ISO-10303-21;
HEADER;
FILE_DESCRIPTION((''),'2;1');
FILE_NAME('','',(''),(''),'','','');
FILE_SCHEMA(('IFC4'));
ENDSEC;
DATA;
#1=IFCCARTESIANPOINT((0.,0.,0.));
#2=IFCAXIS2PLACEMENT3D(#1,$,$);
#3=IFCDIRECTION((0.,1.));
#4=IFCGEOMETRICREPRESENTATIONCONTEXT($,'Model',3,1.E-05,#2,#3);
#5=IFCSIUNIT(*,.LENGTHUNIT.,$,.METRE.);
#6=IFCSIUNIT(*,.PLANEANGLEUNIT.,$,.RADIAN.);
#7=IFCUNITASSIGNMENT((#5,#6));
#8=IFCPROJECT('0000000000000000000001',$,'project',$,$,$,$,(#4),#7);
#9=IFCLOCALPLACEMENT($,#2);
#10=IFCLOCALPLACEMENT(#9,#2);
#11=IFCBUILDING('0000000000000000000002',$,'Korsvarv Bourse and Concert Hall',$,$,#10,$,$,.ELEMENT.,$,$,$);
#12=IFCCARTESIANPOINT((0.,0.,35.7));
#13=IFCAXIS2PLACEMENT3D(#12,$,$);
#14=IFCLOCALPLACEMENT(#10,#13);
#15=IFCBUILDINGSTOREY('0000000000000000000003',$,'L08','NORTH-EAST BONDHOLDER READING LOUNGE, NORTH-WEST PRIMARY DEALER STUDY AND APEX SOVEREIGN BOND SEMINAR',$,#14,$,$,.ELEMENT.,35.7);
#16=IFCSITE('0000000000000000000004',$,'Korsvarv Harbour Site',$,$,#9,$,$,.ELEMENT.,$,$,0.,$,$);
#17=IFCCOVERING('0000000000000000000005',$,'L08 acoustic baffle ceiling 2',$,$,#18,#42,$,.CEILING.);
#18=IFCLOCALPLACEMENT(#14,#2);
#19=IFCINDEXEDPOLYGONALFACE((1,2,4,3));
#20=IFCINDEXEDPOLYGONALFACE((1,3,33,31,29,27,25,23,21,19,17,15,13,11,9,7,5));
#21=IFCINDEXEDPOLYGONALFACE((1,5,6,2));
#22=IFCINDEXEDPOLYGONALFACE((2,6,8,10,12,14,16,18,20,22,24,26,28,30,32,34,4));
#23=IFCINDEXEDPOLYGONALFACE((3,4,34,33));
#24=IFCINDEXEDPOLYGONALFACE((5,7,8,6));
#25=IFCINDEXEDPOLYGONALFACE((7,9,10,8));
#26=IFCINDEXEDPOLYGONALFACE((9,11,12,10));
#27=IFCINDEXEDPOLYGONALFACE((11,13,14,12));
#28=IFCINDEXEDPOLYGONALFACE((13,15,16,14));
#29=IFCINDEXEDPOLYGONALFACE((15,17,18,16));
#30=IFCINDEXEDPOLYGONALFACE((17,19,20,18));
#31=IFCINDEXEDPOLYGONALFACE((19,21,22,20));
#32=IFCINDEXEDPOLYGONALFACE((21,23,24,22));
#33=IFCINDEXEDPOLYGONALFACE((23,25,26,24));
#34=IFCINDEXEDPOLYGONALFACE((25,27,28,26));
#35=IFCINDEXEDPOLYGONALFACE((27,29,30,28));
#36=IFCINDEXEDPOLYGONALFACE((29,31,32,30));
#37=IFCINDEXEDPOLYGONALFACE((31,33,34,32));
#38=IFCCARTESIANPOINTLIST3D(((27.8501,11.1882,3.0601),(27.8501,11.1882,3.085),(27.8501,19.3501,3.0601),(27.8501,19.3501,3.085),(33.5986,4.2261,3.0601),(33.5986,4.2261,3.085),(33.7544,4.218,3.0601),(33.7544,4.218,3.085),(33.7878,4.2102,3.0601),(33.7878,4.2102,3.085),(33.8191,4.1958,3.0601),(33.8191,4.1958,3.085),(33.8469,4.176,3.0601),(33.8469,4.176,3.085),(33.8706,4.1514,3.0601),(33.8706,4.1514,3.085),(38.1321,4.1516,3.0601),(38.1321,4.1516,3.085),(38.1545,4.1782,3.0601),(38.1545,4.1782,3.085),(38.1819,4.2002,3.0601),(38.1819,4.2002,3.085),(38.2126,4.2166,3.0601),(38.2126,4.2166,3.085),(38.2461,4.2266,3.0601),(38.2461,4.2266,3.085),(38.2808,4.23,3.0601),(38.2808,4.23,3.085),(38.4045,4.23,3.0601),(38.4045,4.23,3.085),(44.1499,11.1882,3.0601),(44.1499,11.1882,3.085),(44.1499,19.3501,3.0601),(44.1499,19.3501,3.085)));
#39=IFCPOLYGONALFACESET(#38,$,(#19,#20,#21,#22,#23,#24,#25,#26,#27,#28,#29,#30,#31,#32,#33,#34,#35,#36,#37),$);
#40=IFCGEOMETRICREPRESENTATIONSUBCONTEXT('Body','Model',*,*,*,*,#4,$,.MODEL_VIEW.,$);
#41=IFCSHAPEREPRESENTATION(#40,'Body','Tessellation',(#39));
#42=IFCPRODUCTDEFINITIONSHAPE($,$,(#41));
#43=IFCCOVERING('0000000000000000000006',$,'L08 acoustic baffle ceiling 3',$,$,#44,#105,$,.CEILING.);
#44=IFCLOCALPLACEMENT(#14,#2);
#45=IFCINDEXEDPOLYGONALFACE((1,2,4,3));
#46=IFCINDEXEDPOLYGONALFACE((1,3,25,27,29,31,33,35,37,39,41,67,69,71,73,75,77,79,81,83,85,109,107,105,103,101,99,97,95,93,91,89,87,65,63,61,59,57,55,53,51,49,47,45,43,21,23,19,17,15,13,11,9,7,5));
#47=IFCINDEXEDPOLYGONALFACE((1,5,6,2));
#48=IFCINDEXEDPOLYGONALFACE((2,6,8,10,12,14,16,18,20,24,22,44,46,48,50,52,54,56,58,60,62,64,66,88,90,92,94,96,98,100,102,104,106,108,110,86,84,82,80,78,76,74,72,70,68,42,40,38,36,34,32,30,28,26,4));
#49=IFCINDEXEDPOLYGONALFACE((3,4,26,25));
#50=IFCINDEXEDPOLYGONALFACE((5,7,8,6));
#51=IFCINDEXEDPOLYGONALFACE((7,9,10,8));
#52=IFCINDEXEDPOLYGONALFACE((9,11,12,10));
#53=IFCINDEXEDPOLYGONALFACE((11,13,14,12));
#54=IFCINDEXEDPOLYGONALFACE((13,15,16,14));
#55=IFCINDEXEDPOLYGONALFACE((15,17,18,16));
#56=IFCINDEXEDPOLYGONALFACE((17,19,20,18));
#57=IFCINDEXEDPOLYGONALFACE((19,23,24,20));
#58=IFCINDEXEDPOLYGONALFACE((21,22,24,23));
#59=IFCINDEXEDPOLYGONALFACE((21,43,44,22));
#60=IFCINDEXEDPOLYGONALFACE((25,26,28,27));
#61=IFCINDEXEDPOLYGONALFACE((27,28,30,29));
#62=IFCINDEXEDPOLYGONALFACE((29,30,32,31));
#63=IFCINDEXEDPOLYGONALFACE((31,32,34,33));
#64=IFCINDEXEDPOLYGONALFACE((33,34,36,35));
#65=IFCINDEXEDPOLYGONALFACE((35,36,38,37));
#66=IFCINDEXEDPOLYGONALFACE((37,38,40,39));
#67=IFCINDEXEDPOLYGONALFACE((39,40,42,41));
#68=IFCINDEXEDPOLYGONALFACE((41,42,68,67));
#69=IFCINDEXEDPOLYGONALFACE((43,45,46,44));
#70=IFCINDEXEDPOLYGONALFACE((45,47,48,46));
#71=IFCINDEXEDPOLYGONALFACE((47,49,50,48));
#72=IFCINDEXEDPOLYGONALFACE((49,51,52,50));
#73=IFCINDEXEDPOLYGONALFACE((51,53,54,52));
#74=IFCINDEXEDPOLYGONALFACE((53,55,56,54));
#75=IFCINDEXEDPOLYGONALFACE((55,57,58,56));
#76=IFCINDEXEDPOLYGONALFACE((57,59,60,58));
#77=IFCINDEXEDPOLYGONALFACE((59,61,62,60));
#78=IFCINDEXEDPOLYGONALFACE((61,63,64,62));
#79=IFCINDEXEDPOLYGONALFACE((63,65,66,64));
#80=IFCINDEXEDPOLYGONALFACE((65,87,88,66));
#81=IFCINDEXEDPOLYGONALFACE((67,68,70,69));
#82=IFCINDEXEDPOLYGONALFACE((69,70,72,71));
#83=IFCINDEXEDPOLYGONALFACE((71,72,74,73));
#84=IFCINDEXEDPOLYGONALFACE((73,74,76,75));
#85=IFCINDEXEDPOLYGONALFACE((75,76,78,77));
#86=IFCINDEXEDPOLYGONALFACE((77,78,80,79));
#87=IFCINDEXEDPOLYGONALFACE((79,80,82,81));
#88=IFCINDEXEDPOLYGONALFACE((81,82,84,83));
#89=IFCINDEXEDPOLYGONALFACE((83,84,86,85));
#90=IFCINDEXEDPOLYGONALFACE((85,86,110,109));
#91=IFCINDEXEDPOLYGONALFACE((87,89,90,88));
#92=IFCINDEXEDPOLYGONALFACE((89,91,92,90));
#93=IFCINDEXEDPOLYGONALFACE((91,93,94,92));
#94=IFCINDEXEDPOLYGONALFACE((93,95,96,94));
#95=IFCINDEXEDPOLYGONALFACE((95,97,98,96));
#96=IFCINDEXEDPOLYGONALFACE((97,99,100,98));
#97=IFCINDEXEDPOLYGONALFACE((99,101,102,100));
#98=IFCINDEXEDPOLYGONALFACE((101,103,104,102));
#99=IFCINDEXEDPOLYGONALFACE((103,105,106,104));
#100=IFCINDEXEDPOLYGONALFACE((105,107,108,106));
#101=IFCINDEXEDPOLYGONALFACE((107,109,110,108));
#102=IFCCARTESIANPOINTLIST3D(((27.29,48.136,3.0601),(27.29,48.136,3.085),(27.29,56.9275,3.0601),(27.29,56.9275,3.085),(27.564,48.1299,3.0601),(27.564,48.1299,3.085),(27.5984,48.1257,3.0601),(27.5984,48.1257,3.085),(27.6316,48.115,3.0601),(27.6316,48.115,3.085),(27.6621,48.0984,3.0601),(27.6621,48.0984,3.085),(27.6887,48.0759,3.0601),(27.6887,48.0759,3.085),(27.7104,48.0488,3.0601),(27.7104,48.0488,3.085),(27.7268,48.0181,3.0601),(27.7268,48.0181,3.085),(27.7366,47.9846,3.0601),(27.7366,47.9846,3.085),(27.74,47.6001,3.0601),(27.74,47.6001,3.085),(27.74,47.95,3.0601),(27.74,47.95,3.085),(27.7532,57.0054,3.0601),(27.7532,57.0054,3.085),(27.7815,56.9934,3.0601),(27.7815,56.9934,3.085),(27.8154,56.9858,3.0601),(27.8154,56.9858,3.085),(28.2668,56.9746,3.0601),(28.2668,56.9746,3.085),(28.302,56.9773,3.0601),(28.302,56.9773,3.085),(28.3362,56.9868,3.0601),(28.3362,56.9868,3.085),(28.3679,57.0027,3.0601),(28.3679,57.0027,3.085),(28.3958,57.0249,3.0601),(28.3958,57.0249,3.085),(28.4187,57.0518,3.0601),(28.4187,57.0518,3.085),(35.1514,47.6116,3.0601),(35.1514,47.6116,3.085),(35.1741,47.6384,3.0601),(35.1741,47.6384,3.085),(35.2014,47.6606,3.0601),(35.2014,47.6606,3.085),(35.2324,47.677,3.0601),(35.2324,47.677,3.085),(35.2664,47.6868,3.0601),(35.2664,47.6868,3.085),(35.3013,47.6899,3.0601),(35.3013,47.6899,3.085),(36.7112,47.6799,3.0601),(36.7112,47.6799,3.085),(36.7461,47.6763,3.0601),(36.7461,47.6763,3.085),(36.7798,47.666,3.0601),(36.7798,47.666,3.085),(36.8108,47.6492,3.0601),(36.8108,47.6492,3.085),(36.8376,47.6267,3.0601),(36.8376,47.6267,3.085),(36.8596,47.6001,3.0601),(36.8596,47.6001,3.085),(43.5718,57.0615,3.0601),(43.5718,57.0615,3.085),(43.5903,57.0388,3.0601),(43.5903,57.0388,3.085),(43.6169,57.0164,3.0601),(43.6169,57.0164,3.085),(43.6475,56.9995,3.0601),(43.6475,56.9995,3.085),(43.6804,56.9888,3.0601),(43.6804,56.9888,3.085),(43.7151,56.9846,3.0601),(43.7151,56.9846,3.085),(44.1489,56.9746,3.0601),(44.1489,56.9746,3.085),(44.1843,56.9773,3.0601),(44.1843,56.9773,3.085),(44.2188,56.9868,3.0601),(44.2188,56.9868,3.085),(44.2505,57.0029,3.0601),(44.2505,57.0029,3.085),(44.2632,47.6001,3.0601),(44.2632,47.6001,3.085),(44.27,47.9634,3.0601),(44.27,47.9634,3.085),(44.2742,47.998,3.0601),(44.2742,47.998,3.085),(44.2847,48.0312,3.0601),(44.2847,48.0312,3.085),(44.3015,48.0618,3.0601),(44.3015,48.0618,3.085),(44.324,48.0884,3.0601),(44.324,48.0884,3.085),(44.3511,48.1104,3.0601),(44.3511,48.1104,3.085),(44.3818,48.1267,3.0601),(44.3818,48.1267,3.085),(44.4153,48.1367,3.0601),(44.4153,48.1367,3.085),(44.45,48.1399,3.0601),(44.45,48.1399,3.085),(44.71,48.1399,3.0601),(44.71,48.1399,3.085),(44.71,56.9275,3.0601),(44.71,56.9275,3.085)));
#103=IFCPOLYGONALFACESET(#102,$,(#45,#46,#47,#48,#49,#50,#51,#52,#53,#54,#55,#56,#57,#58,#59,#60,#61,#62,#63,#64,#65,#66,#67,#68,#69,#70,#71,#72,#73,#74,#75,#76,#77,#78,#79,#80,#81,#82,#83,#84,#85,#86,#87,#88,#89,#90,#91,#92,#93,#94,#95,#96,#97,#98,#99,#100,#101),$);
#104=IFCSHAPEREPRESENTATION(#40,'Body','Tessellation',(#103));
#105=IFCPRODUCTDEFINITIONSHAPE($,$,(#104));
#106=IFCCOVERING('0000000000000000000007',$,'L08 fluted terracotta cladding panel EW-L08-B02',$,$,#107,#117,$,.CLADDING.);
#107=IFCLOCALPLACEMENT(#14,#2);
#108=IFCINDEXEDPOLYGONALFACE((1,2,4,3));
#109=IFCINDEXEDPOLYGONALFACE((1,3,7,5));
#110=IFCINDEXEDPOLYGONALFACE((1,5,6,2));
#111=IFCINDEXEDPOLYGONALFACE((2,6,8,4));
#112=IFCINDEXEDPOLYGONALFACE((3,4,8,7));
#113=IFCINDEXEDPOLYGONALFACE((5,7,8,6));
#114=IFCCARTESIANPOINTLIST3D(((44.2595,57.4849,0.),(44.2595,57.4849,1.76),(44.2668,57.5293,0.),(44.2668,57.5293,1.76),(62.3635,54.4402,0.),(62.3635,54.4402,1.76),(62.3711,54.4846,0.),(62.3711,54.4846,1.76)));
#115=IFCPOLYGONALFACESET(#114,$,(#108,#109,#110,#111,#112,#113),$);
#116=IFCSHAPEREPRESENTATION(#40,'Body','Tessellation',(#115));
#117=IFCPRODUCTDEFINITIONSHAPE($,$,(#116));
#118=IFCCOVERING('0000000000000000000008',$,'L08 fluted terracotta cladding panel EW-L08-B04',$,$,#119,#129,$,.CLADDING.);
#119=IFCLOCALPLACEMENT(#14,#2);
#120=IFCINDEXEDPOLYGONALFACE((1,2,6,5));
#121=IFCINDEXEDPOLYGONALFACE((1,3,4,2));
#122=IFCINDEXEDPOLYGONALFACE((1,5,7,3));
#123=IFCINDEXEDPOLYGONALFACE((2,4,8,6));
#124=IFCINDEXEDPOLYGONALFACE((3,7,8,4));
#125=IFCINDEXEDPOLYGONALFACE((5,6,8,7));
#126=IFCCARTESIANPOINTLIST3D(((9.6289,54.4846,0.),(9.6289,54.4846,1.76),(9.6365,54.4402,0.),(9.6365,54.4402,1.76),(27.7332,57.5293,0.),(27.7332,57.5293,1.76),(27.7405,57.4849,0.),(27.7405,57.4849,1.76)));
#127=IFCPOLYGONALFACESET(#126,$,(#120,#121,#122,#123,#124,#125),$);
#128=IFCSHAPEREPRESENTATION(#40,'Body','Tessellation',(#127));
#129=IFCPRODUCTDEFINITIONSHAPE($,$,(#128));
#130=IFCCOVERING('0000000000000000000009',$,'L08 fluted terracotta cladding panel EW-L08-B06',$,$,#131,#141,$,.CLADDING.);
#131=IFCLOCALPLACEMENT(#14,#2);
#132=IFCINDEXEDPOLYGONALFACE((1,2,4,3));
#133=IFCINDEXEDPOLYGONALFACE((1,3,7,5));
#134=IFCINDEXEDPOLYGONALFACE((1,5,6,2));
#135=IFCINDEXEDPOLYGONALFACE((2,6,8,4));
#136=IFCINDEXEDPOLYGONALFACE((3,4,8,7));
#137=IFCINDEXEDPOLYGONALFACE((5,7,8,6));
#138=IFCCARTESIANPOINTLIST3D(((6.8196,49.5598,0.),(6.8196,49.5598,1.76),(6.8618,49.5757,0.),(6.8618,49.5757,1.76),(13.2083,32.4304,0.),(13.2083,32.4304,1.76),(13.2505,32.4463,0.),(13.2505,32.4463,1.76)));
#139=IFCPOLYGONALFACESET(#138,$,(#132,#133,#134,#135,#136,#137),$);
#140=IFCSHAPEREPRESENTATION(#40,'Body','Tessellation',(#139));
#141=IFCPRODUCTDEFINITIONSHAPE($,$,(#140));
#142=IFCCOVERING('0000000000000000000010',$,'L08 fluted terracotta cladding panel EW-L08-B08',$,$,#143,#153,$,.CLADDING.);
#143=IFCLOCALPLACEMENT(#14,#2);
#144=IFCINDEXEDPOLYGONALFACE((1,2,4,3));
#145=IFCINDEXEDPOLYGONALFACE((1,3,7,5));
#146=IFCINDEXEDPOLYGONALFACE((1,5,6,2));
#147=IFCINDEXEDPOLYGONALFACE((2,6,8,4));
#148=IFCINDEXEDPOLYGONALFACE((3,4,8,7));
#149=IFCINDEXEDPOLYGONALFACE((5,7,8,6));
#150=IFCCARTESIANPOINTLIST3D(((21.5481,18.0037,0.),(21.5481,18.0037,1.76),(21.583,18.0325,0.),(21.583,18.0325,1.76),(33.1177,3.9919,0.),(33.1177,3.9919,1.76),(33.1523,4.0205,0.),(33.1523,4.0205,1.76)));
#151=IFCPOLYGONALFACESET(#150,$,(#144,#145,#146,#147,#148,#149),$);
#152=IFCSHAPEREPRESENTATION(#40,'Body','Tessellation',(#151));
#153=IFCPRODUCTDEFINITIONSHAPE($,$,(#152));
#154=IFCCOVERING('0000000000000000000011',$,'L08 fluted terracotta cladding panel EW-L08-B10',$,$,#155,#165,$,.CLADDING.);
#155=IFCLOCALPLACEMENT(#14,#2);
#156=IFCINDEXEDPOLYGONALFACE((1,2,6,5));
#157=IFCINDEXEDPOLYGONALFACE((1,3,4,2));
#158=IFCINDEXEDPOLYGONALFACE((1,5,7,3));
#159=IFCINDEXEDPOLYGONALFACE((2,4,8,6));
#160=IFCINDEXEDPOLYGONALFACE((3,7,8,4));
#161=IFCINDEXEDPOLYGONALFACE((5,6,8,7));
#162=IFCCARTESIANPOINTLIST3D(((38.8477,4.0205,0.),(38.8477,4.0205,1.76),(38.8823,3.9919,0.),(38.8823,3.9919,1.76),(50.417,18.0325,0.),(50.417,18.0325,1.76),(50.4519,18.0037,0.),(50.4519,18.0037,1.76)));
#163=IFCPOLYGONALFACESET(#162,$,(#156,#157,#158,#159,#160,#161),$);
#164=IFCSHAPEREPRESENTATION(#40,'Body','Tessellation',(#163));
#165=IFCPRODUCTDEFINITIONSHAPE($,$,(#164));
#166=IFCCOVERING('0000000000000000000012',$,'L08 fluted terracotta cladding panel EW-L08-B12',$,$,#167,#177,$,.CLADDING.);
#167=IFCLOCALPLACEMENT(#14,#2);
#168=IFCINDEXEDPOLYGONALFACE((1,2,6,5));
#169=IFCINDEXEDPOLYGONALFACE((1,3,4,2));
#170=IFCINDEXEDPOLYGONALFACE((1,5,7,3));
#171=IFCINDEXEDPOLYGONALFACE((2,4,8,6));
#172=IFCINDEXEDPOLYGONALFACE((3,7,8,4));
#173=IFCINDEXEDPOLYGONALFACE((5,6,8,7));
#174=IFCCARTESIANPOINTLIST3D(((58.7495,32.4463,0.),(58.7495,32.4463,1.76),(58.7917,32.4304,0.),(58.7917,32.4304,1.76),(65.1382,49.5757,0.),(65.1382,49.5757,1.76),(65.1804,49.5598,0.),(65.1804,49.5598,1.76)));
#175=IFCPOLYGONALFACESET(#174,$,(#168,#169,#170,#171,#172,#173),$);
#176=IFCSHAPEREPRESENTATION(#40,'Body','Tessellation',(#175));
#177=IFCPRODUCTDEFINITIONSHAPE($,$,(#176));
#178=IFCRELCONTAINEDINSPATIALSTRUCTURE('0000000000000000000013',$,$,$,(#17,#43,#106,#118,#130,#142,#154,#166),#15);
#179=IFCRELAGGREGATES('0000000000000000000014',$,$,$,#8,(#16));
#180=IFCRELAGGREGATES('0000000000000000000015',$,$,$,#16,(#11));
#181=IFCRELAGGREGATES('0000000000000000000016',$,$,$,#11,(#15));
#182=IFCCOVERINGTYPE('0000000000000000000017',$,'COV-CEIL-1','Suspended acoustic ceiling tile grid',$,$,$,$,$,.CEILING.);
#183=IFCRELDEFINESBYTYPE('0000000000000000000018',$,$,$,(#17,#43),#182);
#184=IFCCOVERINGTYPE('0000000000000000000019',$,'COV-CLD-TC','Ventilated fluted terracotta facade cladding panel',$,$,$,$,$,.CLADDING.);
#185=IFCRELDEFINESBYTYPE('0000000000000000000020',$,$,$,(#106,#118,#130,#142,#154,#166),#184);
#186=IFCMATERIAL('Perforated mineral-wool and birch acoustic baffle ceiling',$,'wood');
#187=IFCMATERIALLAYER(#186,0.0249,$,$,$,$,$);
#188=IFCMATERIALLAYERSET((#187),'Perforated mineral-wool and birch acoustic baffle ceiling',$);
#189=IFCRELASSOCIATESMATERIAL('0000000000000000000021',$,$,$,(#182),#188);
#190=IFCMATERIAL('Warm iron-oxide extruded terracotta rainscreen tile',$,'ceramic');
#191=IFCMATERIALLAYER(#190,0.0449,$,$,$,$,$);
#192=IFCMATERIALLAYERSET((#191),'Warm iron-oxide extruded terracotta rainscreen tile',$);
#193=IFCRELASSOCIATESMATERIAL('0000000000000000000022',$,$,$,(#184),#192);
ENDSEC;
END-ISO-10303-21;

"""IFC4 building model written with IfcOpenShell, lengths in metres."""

from ifc_helpers import new_model, si_unit, direction, frame, origin, place, context, subcontext, project, spatial, polyline, outline, extrude, material, layer, layer_set, type_object, element, save


model = new_model("IFC4")

# Units and contexts
model_context = context("Model", 3, precision=1e-05, world=origin(), true_north=direction((0.0, 1.0)))
body_context = subcontext(model_context, "Body", "Model", "MODEL_VIEW")
ifc_project = project(units=[si_unit("LENGTHUNIT", "METRE"), si_unit("PLANEANGLEUNIT", "RADIAN")], contexts=[model_context])

# Site, building, storey
site_placement = place(None, origin())
site = spatial("IfcSite", under=ifc_project, at=site_placement, Name="Korsvarv Harbour Site", CompositionType="ELEMENT", RefElevation=0.0)
building_placement = place(site_placement, origin())
building = spatial("IfcBuilding", under=site, at=building_placement, Name="Korsvarv Bourse and Concert Hall", CompositionType="ELEMENT")
storey_placement = place(building_placement, frame((0.0, 0.0, 35.7)))
storey = spatial("IfcBuildingStorey", under=building, at=storey_placement, Name="L08", Description="NORTH-EAST BONDHOLDER READING LOUNGE, NORTH-WEST PRIMARY DEALER STUDY AND APEX SOVEREIGN BOND SEMINAR", CompositionType="ELEMENT", Elevation=35.7)

# Coverings
ifc_material_1 = material(Name="Perforated mineral-wool and birch acoustic baffle ceiling", Category="wood")
ifc_layer_1 = layer(ifc_material_1, 0.0249)
ifc_layer_set_1 = layer_set([ifc_layer_1], Name="Perforated mineral-wool and birch acoustic baffle ceiling")
covering_type_1 = type_object("IfcCoveringType", Name="COV-CEIL-1", Description="Suspended acoustic ceiling tile grid", PredefinedType="CEILING", material=ifc_layer_set_1)
covering_1_placement = place(storey_placement, frame((0.0, 0.0, 3.0601)))
element("IfcCovering", 1, at=covering_1_placement, inside=storey, type_object=covering_type_1, Name="L08 acoustic baffle ceiling 2", PredefinedType="CEILING", context=body_context, shape_type="SweptSolid", body=[
    extrude(outline(polyline([(33.8706, 4.1514), (33.8469, 4.176), (33.8191, 4.1958), (33.7878, 4.2102), (33.7544, 4.218), (33.5986, 4.2261), (27.8501, 11.1882), (27.8501, 19.3501), (44.1499, 19.3501), (44.1499, 11.1882), (38.4045, 4.23), (38.2808, 4.23), (38.2461, 4.2266), (38.2126, 4.2166), (38.1819, 4.2002), (38.1545, 4.1782), (38.1321, 4.1516), (33.8706, 4.1514)])), origin(), (0.0, 0.0, 1.0), 0.0249),
])
covering_2_placement = place(storey_placement, frame((0.0, 0.0, 3.0601)))
element("IfcCovering", 2, at=covering_2_placement, inside=storey, type_object=covering_type_1, Name="L08 acoustic baffle ceiling 3", PredefinedType="CEILING", context=body_context, shape_type="SweptSolid", body=[
    extrude(outline(polyline([(27.7532, 57.0054), (27.7815, 56.9934), (27.8154, 56.9858), (28.2668, 56.9746), (28.302, 56.9773), (28.3362, 56.9868), (28.3679, 57.0027), (28.3958, 57.0249), (28.4187, 57.0518), (43.5718, 57.0615), (43.5903, 57.0388), (43.6169, 57.0164), (43.6475, 56.9995), (43.6804, 56.9888), (43.7151, 56.9846), (44.1489, 56.9746), (44.1843, 56.9773), (44.2188, 56.9868), (44.2505, 57.0029), (44.71, 56.9275), (44.71, 48.1399), (44.45, 48.1399), (44.4153, 48.1367), (44.3818, 48.1267), (44.3511, 48.1104), (44.324, 48.0884), (44.3015, 48.0618), (44.2847, 48.0312), (44.2742, 47.998), (44.27, 47.9634), (44.2632, 47.6001), (36.8596, 47.6001), (36.8376, 47.6267), (36.8108, 47.6492), (36.7798, 47.666), (36.7461, 47.6763), (36.7112, 47.6799), (35.3013, 47.6899), (35.2664, 47.6868), (35.2324, 47.677), (35.2014, 47.6606), (35.1741, 47.6384), (35.1514, 47.6116), (27.74, 47.6001), (27.74, 47.95), (27.7366, 47.9846), (27.7268, 48.0181), (27.7104, 48.0488), (27.6887, 48.0759), (27.6621, 48.0984), (27.6316, 48.115), (27.5984, 48.1257), (27.564, 48.1299), (27.29, 48.136), (27.29, 56.9275), (27.7532, 57.0054)])), origin(), (0.0, 0.0, 1.0), 0.0249),
])
ifc_material_2 = material(Name="Warm iron-oxide extruded terracotta rainscreen tile", Category="ceramic")
ifc_layer_2 = layer(ifc_material_2, 0.0449)
ifc_layer_set_2 = layer_set([ifc_layer_2], Name="Warm iron-oxide extruded terracotta rainscreen tile")
covering_type_2 = type_object("IfcCoveringType", Name="COV-CLD-TC", Description="Ventilated fluted terracotta facade cladding panel", PredefinedType="CLADDING", material=ifc_layer_set_2)
covering_3_placement = place(storey_placement, origin())
element("IfcCovering", 3, at=covering_3_placement, inside=storey, type_object=covering_type_2, Name="L08 fluted terracotta cladding panel EW-L08-B02", PredefinedType="CLADDING", context=body_context, shape_type="SweptSolid", body=[
    extrude(outline(polyline([(62.3635, 54.4402), (44.2595, 57.4849), (44.2668, 57.5293), (62.3711, 54.4846), (62.3635, 54.4402)])), origin(), (0.0, 0.0, 1.0), 1.76),
])
covering_4_placement = place(storey_placement, origin())
element("IfcCovering", 4, at=covering_4_placement, inside=storey, type_object=covering_type_2, Name="L08 fluted terracotta cladding panel EW-L08-B04", PredefinedType="CLADDING", context=body_context, shape_type="SweptSolid", body=[
    extrude(outline(polyline([(27.7405, 57.4849), (9.6365, 54.4402), (9.6289, 54.4846), (27.7332, 57.5293), (27.7405, 57.4849)])), origin(), (0.0, 0.0, 1.0), 1.76),
])
covering_5_placement = place(storey_placement, origin())
element("IfcCovering", 5, at=covering_5_placement, inside=storey, type_object=covering_type_2, Name="L08 fluted terracotta cladding panel EW-L08-B06", PredefinedType="CLADDING", context=body_context, shape_type="SweptSolid", body=[
    extrude(outline(polyline([(6.8618, 49.5757), (13.2505, 32.4463), (13.2083, 32.4304), (6.8196, 49.5598), (6.8618, 49.5757)])), origin(), (0.0, 0.0, 1.0), 1.76),
])
covering_6_placement = place(storey_placement, origin())
element("IfcCovering", 6, at=covering_6_placement, inside=storey, type_object=covering_type_2, Name="L08 fluted terracotta cladding panel EW-L08-B08", PredefinedType="CLADDING", context=body_context, shape_type="SweptSolid", body=[
    extrude(outline(polyline([(21.583, 18.0325), (33.1523, 4.0205), (33.1177, 3.9919), (21.5481, 18.0037), (21.583, 18.0325)])), origin(), (0.0, 0.0, 1.0), 1.76),
])
covering_7_placement = place(storey_placement, origin())
element("IfcCovering", 7, at=covering_7_placement, inside=storey, type_object=covering_type_2, Name="L08 fluted terracotta cladding panel EW-L08-B10", PredefinedType="CLADDING", context=body_context, shape_type="SweptSolid", body=[
    extrude(outline(polyline([(38.8477, 4.0205), (50.417, 18.0325), (50.4519, 18.0037), (38.8823, 3.9919), (38.8477, 4.0205)])), origin(), (0.0, 0.0, 1.0), 1.76),
])
covering_8_placement = place(storey_placement, origin())
element("IfcCovering", 8, at=covering_8_placement, inside=storey, type_object=covering_type_2, Name="L08 fluted terracotta cladding panel EW-L08-B12", PredefinedType="CLADDING", context=body_context, shape_type="SweptSolid", body=[
    extrude(outline(polyline([(58.7495, 32.4463), (65.1382, 49.5757), (65.1804, 49.5598), (58.7917, 32.4304), (58.7495, 32.4463)])), origin(), (0.0, 0.0, 1.0), 1.76),
])

save(model, "model.ifc")
